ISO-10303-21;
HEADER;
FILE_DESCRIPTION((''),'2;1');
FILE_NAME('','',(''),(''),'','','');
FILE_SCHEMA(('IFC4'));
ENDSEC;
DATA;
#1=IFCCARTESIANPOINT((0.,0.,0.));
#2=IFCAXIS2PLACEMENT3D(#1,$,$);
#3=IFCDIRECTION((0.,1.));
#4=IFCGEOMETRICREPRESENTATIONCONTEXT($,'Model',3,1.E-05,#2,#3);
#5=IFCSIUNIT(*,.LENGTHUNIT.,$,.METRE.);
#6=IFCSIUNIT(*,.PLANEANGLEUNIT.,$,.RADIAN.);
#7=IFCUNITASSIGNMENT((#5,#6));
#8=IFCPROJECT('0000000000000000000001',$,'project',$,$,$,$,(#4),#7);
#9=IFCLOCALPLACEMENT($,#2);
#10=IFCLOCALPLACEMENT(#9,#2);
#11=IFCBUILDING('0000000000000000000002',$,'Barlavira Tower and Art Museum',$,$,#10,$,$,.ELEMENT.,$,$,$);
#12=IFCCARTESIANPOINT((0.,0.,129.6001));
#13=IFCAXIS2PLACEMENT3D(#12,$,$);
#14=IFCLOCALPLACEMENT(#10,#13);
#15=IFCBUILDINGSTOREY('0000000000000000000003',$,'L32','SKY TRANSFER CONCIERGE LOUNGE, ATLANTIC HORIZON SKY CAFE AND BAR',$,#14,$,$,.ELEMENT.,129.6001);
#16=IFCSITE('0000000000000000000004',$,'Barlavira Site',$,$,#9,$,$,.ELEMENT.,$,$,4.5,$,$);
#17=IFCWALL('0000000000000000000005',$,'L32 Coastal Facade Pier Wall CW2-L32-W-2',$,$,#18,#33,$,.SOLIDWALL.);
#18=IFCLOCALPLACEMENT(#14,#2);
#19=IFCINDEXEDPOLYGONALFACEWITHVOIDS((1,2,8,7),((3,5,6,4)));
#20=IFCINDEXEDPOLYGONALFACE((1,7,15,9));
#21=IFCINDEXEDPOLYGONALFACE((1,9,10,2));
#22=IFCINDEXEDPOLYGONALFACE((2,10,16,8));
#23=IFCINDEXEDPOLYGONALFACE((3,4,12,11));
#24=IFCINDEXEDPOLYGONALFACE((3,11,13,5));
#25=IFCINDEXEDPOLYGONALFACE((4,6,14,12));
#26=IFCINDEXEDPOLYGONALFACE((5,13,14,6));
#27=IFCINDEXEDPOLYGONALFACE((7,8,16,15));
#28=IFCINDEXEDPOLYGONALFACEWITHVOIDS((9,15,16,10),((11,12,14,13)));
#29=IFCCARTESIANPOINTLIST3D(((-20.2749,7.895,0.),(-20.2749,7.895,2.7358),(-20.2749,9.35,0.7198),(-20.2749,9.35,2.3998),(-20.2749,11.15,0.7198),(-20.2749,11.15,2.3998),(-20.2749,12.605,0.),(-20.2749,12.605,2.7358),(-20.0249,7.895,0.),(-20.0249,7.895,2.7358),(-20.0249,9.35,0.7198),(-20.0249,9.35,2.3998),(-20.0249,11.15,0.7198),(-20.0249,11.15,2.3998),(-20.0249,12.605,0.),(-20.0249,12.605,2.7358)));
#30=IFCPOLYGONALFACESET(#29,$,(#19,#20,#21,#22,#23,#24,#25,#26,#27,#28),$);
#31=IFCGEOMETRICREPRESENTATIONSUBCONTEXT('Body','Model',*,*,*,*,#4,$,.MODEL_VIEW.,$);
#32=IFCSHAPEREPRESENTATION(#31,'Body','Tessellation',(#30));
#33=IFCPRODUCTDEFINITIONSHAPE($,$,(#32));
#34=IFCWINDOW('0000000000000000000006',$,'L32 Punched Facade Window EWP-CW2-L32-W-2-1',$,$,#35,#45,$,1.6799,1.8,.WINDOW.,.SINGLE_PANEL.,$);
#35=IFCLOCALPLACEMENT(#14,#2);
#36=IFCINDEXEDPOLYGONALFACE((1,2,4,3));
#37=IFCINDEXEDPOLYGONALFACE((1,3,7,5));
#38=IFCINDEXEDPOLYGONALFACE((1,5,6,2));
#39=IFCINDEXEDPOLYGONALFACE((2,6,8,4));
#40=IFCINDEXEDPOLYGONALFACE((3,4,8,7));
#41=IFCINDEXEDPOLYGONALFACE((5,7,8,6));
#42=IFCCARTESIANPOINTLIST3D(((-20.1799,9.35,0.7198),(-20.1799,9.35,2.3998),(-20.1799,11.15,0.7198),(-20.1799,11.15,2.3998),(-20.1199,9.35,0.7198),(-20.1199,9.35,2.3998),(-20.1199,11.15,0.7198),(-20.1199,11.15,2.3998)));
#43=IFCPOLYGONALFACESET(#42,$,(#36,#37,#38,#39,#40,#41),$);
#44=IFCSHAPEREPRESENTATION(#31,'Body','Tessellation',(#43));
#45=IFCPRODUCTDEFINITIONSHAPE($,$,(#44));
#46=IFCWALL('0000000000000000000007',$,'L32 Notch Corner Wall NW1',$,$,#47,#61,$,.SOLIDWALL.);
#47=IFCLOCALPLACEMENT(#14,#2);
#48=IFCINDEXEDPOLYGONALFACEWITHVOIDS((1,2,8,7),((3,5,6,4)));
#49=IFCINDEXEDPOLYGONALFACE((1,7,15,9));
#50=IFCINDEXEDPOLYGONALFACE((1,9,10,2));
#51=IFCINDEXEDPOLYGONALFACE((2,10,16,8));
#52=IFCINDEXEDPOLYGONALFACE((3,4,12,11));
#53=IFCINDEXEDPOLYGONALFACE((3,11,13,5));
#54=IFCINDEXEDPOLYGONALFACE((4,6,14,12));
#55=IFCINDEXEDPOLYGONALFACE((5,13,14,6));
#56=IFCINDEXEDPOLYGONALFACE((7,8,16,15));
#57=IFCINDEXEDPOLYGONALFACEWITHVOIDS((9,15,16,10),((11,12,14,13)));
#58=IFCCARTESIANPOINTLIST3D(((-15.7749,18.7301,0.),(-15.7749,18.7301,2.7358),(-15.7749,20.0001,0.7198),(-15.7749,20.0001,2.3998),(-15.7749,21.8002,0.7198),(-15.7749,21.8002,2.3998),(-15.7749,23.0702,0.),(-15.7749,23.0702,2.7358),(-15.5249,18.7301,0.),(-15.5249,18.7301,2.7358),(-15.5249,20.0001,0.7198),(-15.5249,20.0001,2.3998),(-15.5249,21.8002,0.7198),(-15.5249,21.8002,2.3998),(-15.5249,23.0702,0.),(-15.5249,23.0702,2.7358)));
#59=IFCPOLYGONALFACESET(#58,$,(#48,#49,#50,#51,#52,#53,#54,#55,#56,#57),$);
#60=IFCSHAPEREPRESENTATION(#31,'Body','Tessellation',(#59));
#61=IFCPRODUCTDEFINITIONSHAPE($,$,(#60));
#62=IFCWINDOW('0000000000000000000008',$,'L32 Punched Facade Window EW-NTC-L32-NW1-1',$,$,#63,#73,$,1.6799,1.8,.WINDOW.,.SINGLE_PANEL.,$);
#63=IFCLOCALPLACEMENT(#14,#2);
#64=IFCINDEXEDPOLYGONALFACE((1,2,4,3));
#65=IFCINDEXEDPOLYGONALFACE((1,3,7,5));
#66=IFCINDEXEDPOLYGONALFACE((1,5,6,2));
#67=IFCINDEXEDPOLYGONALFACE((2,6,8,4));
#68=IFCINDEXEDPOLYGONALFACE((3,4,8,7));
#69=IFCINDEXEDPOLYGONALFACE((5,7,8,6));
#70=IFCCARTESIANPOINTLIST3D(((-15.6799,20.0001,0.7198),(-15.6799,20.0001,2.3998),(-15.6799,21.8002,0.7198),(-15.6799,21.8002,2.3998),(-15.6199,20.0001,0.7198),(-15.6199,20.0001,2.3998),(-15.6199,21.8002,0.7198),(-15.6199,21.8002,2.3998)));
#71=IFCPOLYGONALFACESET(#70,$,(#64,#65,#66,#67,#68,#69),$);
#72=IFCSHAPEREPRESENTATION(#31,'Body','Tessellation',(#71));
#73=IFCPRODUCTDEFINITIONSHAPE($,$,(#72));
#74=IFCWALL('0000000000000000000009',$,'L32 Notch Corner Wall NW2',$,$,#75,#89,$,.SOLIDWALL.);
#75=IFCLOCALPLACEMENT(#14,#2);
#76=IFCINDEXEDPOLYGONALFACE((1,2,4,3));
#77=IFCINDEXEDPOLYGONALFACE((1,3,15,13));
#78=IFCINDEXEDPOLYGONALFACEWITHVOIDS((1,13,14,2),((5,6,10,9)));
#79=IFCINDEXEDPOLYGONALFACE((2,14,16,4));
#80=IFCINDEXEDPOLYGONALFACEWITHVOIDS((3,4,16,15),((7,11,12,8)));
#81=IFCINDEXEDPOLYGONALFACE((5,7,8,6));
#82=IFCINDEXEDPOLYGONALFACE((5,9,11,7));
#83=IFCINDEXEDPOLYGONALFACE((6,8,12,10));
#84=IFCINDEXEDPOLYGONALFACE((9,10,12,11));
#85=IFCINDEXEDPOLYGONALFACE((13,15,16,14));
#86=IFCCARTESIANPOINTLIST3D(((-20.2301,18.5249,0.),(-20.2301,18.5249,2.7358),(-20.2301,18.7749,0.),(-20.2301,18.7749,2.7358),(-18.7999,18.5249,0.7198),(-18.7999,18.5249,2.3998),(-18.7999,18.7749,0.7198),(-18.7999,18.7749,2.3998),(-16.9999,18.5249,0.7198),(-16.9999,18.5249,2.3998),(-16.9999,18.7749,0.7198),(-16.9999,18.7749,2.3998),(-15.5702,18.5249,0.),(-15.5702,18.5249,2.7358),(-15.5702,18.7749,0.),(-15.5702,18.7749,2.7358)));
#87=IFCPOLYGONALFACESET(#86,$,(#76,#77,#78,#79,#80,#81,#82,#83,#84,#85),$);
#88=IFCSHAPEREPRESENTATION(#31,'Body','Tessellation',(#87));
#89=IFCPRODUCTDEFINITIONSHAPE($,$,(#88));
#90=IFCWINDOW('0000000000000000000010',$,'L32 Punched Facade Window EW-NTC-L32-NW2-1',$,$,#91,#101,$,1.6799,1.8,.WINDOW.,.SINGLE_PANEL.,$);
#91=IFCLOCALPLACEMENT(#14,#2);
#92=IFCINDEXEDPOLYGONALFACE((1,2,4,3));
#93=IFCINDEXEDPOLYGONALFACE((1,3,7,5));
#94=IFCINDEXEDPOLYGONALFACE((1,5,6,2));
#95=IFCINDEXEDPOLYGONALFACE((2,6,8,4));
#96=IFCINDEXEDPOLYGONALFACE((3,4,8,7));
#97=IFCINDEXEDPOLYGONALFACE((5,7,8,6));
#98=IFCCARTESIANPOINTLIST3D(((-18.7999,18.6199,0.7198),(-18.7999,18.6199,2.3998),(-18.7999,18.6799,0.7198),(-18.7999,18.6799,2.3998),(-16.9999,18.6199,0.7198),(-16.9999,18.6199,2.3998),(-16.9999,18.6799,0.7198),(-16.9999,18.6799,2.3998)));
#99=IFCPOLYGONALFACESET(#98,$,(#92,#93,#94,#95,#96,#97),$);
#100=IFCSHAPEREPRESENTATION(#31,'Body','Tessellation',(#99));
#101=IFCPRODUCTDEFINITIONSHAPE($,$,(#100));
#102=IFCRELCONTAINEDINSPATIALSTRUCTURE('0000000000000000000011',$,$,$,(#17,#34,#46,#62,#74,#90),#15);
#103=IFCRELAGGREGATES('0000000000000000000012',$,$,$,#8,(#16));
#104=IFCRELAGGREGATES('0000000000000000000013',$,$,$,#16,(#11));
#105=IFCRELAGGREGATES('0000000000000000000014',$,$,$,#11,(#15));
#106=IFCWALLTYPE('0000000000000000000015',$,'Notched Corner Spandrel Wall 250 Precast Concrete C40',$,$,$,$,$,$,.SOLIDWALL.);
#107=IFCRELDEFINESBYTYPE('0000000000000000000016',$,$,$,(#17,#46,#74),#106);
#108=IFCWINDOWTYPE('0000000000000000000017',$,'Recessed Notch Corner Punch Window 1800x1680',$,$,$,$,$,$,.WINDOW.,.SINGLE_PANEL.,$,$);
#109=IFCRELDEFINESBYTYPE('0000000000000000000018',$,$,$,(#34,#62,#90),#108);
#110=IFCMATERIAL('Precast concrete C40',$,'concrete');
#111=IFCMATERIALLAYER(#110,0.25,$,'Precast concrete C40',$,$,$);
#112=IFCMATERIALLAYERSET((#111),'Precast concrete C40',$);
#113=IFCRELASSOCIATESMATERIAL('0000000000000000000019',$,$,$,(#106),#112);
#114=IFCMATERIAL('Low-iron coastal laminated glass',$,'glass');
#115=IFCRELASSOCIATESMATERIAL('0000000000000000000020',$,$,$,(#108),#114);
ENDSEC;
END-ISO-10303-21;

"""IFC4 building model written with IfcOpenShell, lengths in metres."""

from ifc_helpers import new_model, si_unit, direction, frame, frame_2d, origin, place, context, subcontext, project, spatial, rectangle, extrude, material, layer, layer_set, type_object, element, fill, save


model = new_model("IFC4")

# Units and contexts
model_context = context("Model", 3, precision=1e-05, world=origin(), true_north=direction((0.0, 1.0)))
body_context = subcontext(model_context, "Body", "Model", "MODEL_VIEW")
ifc_project = project(units=[si_unit("LENGTHUNIT", "METRE"), si_unit("PLANEANGLEUNIT", "RADIAN")], contexts=[model_context])

# Site, building, storey
site_placement = place(None, origin())
site = spatial("IfcSite", under=ifc_project, at=site_placement, Name="Barlavira Site", CompositionType="ELEMENT", RefElevation=4.5)
building_placement = place(site_placement, origin())
building = spatial("IfcBuilding", under=site, at=building_placement, Name="Barlavira Tower and Art Museum", CompositionType="ELEMENT")
storey_placement = place(building_placement, frame((0.0, 0.0, 129.6001)))
storey = spatial("IfcBuildingStorey", under=building, at=storey_placement, Name="L32", Description="SKY TRANSFER CONCIERGE LOUNGE, ATLANTIC HORIZON SKY CAFE AND BAR", CompositionType="ELEMENT", Elevation=129.6001)

# Walls, openings, windows
ifc_material_1 = material(Name="Precast concrete C40", Category="concrete")
ifc_layer_1 = layer(ifc_material_1, 0.25, Name="Precast concrete C40")
ifc_layer_set_1 = layer_set([ifc_layer_1], Name="Precast concrete C40")
wall_type_1 = type_object("IfcWallType", Name="Notched Corner Spandrel Wall 250 Precast Concrete C40", PredefinedType="SOLIDWALL", material=ifc_layer_set_1)
ifc_material_2 = material(Name="Low-iron coastal laminated glass", Category="glass")
window_type = type_object("IfcWindowType", Name="Recessed Notch Corner Punch Window 1800x1680", PartitioningType="SINGLE_PANEL", PredefinedType="WINDOW", material=ifc_material_2)
wall_1_placement = place(storey_placement, frame((-20.1499, 12.605, 0.0), z_axis=(0.0, 0.0, 1.0), x_axis=(0.0, -1.0, 0.0)))
wall_1 = element("IfcWall", 1, at=wall_1_placement, inside=storey, type_object=wall_type_1, Name="L32 Coastal Facade Pier Wall CW2-L32-W-2", PredefinedType="SOLIDWALL", context=body_context, shape_type="SweptSolid", body=[
    extrude(rectangle(XDim=4.71, YDim=0.25, at=frame_2d((2.355, 0.0))), origin(), (0.0, 0.0, 1.0), 2.7358),
])
opening_1_placement = place(wall_1_placement, frame((1.4551, 0.0, 0.72)))
opening_1 = element("IfcOpeningElement", 2, at=opening_1_placement, cuts=wall_1, PredefinedType="OPENING", context=body_context, shape_type="SweptSolid", body=[
    extrude(rectangle(XDim=1.8, YDim=1.6799, at=frame_2d((0.8999, 0.8398))), frame((0.0, 0.135, 0.0), z_axis=(0.0, -1.0, 0.0), x_axis=(1.0, 0.0, 0.0)), (0.0, 0.0, 1.0), 0.27),
])
window_1_placement = place(opening_1_placement, origin())
window_1 = element("IfcWindow", 3, at=window_1_placement, inside=storey, type_object=window_type, Name="L32 Punched Facade Window EWP-CW2-L32-W-2-1", OverallHeight=1.6799, OverallWidth=1.8, PartitioningType="SINGLE_PANEL", PredefinedType="WINDOW", context=body_context, shape_type="SweptSolid", body=[
    extrude(rectangle(XDim=1.8, YDim=1.6799, at=frame_2d((0.8999, 0.8398))), frame((0.0, 0.03, 0.0), z_axis=(0.0, -1.0, 0.0), x_axis=(1.0, 0.0, 0.0)), (0.0, 0.0, 1.0), 0.0601),
])
fill(opening_1, window_1)
wall_2_placement = place(storey_placement, frame((-15.6499, 23.0701, 0.0), z_axis=(0.0, 0.0, 1.0), x_axis=(0.0, -1.0, 0.0)))
wall_2 = element("IfcWall", 4, at=wall_2_placement, inside=storey, type_object=wall_type_1, Name="L32 Notch Corner Wall NW1", PredefinedType="SOLIDWALL", context=body_context, shape_type="SweptSolid", body=[
    extrude(rectangle(XDim=4.3401, YDim=0.25, at=frame_2d((2.1699, 0.0))), origin(), (0.0, 0.0, 1.0), 2.7358),
])
opening_2_placement = place(wall_2_placement, frame((1.27, 0.0, 0.72)))
opening_2 = element("IfcOpeningElement", 5, at=opening_2_placement, cuts=wall_2, PredefinedType="OPENING", context=body_context, shape_type="SweptSolid", body=[
    extrude(rectangle(XDim=1.8, YDim=1.6799, at=frame_2d((0.8999, 0.8398))), frame((0.0, 0.135, 0.0), z_axis=(0.0, -1.0, 0.0), x_axis=(1.0, 0.0, 0.0)), (0.0, 0.0, 1.0), 0.27),
])
window_2_placement = place(opening_2_placement, origin())
window_2 = element("IfcWindow", 6, at=window_2_placement, inside=storey, type_object=window_type, Name="L32 Punched Facade Window EW-NTC-L32-NW1-1", OverallHeight=1.6799, OverallWidth=1.8, PartitioningType="SINGLE_PANEL", PredefinedType="WINDOW", context=body_context, shape_type="SweptSolid", body=[
    extrude(rectangle(XDim=1.8, YDim=1.6799, at=frame_2d((0.8999, 0.8398))), frame((0.0, 0.03, 0.0), z_axis=(0.0, -1.0, 0.0), x_axis=(1.0, 0.0, 0.0)), (0.0, 0.0, 1.0), 0.0601),
])
fill(opening_2, window_2)
wall_3_placement = place(storey_placement, frame((-15.5701, 18.6499, 0.0), z_axis=(0.0, 0.0, 1.0), x_axis=(-1.0, 0.0, 0.0)))
wall_3 = element("IfcWall", 7, at=wall_3_placement, inside=storey, type_object=wall_type_1, Name="L32 Notch Corner Wall NW2", PredefinedType="SOLIDWALL", context=body_context, shape_type="SweptSolid", body=[
    extrude(rectangle(XDim=4.6599, YDim=0.25, at=frame_2d((2.3301, 0.0))), origin(), (0.0, 0.0, 1.0), 2.7358),
])
opening_3_placement = place(wall_3_placement, frame((1.4299, 0.0, 0.72)))
opening_3 = element("IfcOpeningElement", 8, at=opening_3_placement, cuts=wall_3, PredefinedType="OPENING", context=body_context, shape_type="SweptSolid", body=[
    extrude(rectangle(XDim=1.8, YDim=1.6799, at=frame_2d((0.8999, 0.8398))), frame((0.0, 0.135, 0.0), z_axis=(0.0, -1.0, 0.0), x_axis=(1.0, 0.0, 0.0)), (0.0, 0.0, 1.0), 0.27),
])
window_3_placement = place(opening_3_placement, origin())
window_3 = element("IfcWindow", 9, at=window_3_placement, inside=storey, type_object=window_type, Name="L32 Punched Facade Window EW-NTC-L32-NW2-1", OverallHeight=1.6799, OverallWidth=1.8, PartitioningType="SINGLE_PANEL", PredefinedType="WINDOW", context=body_context, shape_type="SweptSolid", body=[
    extrude(rectangle(XDim=1.8, YDim=1.6799, at=frame_2d((0.8999, 0.8398))), frame((0.0, 0.03, 0.0), z_axis=(0.0, -1.0, 0.0), x_axis=(1.0, 0.0, 0.0)), (0.0, 0.0, 1.0), 0.0601),
])
fill(opening_3, window_3)

save(model, "model.ifc")
